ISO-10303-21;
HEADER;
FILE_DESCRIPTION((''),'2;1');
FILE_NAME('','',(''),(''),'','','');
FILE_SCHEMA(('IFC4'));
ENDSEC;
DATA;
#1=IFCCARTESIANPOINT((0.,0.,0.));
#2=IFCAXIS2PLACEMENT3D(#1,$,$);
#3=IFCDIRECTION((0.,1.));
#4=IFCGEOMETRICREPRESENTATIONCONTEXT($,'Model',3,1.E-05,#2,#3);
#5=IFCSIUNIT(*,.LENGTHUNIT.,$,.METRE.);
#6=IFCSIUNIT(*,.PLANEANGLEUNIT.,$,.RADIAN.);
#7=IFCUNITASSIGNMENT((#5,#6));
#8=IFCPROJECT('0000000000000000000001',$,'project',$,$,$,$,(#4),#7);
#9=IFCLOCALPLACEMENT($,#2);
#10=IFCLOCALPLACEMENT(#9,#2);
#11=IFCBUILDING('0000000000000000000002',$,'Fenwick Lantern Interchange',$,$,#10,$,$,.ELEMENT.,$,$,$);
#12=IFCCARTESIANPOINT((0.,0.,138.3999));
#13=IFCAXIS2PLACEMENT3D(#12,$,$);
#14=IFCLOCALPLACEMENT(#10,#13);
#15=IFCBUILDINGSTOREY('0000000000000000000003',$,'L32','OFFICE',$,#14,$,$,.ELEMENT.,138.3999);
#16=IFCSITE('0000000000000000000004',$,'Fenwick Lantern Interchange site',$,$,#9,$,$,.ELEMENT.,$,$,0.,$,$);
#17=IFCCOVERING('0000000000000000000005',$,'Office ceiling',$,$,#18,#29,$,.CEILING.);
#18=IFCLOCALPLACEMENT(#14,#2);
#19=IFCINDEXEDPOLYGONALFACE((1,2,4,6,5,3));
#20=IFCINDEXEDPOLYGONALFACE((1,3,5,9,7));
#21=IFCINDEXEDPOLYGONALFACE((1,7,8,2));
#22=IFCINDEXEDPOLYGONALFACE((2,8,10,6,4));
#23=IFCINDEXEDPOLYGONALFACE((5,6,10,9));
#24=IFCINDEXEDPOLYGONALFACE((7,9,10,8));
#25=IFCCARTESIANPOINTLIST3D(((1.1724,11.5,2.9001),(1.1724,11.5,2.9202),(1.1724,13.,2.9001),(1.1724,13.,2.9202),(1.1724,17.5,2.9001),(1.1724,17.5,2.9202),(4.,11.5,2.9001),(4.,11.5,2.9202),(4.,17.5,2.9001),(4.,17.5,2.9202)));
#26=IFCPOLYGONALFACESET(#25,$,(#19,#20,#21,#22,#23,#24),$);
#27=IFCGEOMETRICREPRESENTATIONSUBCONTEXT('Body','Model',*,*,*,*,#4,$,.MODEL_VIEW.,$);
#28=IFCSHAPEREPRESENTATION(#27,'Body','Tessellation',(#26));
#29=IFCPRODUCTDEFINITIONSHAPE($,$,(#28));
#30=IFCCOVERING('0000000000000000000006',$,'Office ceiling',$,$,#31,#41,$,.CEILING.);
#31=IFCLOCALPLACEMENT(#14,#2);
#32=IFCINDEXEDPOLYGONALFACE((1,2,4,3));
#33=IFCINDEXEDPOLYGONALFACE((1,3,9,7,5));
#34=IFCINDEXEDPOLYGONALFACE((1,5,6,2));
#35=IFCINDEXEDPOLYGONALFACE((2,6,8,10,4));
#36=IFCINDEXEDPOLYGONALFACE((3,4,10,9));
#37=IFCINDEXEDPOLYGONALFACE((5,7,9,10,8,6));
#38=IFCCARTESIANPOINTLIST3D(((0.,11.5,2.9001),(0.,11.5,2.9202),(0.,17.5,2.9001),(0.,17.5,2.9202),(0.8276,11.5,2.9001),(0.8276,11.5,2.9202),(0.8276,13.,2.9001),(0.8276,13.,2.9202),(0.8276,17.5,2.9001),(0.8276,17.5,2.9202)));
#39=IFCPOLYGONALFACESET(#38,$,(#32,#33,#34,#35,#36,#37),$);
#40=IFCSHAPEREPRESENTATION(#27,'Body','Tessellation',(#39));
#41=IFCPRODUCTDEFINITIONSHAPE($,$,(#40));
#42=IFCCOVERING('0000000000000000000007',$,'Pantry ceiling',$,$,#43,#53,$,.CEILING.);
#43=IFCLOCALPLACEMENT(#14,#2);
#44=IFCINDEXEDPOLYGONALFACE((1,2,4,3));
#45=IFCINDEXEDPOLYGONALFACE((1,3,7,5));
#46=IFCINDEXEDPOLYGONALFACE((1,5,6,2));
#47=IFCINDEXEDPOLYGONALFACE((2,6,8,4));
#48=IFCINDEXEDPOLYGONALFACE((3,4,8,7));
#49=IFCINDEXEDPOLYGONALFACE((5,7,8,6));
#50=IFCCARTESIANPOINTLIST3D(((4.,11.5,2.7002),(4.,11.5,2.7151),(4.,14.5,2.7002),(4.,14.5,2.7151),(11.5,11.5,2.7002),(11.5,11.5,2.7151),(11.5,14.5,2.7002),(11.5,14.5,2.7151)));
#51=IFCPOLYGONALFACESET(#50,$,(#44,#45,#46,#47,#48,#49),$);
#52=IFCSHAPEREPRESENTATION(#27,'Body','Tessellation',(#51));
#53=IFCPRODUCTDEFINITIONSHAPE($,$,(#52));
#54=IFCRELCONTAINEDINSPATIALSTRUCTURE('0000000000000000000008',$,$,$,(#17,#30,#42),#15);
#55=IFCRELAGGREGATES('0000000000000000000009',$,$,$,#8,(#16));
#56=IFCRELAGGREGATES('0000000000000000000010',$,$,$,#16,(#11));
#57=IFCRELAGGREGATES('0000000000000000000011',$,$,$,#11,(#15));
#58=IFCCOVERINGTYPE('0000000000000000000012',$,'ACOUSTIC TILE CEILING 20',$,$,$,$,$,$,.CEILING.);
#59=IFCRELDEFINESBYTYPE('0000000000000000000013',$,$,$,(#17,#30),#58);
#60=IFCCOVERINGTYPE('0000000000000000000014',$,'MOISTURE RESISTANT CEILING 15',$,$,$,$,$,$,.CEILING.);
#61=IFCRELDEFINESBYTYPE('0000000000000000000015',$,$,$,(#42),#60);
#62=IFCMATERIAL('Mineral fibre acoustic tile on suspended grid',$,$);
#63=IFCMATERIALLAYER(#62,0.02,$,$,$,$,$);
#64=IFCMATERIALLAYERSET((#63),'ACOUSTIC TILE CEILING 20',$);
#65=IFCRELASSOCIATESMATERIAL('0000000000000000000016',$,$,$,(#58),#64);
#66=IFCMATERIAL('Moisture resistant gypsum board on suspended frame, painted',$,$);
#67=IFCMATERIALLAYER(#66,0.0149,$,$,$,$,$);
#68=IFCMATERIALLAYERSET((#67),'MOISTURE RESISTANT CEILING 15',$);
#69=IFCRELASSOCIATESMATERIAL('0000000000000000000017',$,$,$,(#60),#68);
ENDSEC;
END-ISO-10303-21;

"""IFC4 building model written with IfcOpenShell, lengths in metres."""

from ifc_helpers import new_model, si_unit, direction, frame, origin, place, context, subcontext, project, spatial, polyline, outline, extrude, material, layer, layer_set, type_object, element, save


model = new_model("IFC4")

# Units and contexts
model_context = context("Model", 3, precision=1e-05, world=origin(), true_north=direction((0.0, 1.0)))
body_context = subcontext(model_context, "Body", "Model", "MODEL_VIEW")
ifc_project = project(units=[si_unit("LENGTHUNIT", "METRE"), si_unit("PLANEANGLEUNIT", "RADIAN")], contexts=[model_context])

# Site, building, storey
site_placement = place(None, origin())
site = spatial("IfcSite", under=ifc_project, at=site_placement, Name="Fenwick Lantern Interchange site", CompositionType="ELEMENT", RefElevation=0.0)
building_placement = place(site_placement, origin())
building = spatial("IfcBuilding", under=site, at=building_placement, Name="Fenwick Lantern Interchange", CompositionType="ELEMENT")
storey_placement = place(building_placement, frame((0.0, 0.0, 138.3999)))
storey = spatial("IfcBuildingStorey", under=building, at=storey_placement, Name="L32", Description="OFFICE", CompositionType="ELEMENT", Elevation=138.3999)

# Coverings
ifc_material_1 = material(Name="Mineral fibre acoustic tile on suspended grid")
ifc_layer_1 = layer(ifc_material_1, 0.02)
ifc_layer_set_1 = layer_set([ifc_layer_1], Name="ACOUSTIC TILE CEILING 20")
covering_type_1 = type_object("IfcCoveringType", Name="ACOUSTIC TILE CEILING 20", PredefinedType="CEILING", material=ifc_layer_set_1)
covering_1_placement = place(storey_placement, frame((0.0, 0.0, 2.9001)))
element("IfcCovering", 1, at=covering_1_placement, inside=storey, type_object=covering_type_1, Name="Office ceiling", PredefinedType="CEILING", context=body_context, shape_type="SweptSolid", body=[
    extrude(outline(polyline([(4.0, 17.5), (1.1724, 17.5), (1.1724, 13.0), (1.1724, 11.5), (4.0, 11.5), (4.0, 17.5)])), origin(), (0.0, 0.0, 1.0), 0.02),
])
covering_2_placement = place(storey_placement, frame((0.0, 0.0, 2.9001)))
element("IfcCovering", 2, at=covering_2_placement, inside=storey, type_object=covering_type_1, Name="Office ceiling", PredefinedType="CEILING", context=body_context, shape_type="SweptSolid", body=[
    extrude(outline(polyline([(0.0, 11.5), (0.8276, 11.5), (0.8276, 13.0), (0.8276, 17.5), (0.0, 17.5), (0.0, 11.5)])), origin(), (0.0, 0.0, 1.0), 0.02),
])
ifc_material_2 = material(Name="Moisture resistant gypsum board on suspended frame, painted")
ifc_layer_2 = layer(ifc_material_2, 0.0149)
ifc_layer_set_2 = layer_set([ifc_layer_2], Name="MOISTURE RESISTANT CEILING 15")
covering_type_2 = type_object("IfcCoveringType", Name="MOISTURE RESISTANT CEILING 15", PredefinedType="CEILING", material=ifc_layer_set_2)
covering_3_placement = place(storey_placement, frame((0.0, 0.0, 2.7002)))
element("IfcCovering", 3, at=covering_3_placement, inside=storey, type_object=covering_type_2, Name="Pantry ceiling", PredefinedType="CEILING", context=body_context, shape_type="SweptSolid", body=[
    extrude(outline(polyline([(4.0, 14.5), (4.0, 11.5), (11.5, 11.5), (11.5, 14.5), (4.0, 14.5)])), origin(), (0.0, 0.0, 1.0), 0.0149),
])

save(model, "model.ifc")
